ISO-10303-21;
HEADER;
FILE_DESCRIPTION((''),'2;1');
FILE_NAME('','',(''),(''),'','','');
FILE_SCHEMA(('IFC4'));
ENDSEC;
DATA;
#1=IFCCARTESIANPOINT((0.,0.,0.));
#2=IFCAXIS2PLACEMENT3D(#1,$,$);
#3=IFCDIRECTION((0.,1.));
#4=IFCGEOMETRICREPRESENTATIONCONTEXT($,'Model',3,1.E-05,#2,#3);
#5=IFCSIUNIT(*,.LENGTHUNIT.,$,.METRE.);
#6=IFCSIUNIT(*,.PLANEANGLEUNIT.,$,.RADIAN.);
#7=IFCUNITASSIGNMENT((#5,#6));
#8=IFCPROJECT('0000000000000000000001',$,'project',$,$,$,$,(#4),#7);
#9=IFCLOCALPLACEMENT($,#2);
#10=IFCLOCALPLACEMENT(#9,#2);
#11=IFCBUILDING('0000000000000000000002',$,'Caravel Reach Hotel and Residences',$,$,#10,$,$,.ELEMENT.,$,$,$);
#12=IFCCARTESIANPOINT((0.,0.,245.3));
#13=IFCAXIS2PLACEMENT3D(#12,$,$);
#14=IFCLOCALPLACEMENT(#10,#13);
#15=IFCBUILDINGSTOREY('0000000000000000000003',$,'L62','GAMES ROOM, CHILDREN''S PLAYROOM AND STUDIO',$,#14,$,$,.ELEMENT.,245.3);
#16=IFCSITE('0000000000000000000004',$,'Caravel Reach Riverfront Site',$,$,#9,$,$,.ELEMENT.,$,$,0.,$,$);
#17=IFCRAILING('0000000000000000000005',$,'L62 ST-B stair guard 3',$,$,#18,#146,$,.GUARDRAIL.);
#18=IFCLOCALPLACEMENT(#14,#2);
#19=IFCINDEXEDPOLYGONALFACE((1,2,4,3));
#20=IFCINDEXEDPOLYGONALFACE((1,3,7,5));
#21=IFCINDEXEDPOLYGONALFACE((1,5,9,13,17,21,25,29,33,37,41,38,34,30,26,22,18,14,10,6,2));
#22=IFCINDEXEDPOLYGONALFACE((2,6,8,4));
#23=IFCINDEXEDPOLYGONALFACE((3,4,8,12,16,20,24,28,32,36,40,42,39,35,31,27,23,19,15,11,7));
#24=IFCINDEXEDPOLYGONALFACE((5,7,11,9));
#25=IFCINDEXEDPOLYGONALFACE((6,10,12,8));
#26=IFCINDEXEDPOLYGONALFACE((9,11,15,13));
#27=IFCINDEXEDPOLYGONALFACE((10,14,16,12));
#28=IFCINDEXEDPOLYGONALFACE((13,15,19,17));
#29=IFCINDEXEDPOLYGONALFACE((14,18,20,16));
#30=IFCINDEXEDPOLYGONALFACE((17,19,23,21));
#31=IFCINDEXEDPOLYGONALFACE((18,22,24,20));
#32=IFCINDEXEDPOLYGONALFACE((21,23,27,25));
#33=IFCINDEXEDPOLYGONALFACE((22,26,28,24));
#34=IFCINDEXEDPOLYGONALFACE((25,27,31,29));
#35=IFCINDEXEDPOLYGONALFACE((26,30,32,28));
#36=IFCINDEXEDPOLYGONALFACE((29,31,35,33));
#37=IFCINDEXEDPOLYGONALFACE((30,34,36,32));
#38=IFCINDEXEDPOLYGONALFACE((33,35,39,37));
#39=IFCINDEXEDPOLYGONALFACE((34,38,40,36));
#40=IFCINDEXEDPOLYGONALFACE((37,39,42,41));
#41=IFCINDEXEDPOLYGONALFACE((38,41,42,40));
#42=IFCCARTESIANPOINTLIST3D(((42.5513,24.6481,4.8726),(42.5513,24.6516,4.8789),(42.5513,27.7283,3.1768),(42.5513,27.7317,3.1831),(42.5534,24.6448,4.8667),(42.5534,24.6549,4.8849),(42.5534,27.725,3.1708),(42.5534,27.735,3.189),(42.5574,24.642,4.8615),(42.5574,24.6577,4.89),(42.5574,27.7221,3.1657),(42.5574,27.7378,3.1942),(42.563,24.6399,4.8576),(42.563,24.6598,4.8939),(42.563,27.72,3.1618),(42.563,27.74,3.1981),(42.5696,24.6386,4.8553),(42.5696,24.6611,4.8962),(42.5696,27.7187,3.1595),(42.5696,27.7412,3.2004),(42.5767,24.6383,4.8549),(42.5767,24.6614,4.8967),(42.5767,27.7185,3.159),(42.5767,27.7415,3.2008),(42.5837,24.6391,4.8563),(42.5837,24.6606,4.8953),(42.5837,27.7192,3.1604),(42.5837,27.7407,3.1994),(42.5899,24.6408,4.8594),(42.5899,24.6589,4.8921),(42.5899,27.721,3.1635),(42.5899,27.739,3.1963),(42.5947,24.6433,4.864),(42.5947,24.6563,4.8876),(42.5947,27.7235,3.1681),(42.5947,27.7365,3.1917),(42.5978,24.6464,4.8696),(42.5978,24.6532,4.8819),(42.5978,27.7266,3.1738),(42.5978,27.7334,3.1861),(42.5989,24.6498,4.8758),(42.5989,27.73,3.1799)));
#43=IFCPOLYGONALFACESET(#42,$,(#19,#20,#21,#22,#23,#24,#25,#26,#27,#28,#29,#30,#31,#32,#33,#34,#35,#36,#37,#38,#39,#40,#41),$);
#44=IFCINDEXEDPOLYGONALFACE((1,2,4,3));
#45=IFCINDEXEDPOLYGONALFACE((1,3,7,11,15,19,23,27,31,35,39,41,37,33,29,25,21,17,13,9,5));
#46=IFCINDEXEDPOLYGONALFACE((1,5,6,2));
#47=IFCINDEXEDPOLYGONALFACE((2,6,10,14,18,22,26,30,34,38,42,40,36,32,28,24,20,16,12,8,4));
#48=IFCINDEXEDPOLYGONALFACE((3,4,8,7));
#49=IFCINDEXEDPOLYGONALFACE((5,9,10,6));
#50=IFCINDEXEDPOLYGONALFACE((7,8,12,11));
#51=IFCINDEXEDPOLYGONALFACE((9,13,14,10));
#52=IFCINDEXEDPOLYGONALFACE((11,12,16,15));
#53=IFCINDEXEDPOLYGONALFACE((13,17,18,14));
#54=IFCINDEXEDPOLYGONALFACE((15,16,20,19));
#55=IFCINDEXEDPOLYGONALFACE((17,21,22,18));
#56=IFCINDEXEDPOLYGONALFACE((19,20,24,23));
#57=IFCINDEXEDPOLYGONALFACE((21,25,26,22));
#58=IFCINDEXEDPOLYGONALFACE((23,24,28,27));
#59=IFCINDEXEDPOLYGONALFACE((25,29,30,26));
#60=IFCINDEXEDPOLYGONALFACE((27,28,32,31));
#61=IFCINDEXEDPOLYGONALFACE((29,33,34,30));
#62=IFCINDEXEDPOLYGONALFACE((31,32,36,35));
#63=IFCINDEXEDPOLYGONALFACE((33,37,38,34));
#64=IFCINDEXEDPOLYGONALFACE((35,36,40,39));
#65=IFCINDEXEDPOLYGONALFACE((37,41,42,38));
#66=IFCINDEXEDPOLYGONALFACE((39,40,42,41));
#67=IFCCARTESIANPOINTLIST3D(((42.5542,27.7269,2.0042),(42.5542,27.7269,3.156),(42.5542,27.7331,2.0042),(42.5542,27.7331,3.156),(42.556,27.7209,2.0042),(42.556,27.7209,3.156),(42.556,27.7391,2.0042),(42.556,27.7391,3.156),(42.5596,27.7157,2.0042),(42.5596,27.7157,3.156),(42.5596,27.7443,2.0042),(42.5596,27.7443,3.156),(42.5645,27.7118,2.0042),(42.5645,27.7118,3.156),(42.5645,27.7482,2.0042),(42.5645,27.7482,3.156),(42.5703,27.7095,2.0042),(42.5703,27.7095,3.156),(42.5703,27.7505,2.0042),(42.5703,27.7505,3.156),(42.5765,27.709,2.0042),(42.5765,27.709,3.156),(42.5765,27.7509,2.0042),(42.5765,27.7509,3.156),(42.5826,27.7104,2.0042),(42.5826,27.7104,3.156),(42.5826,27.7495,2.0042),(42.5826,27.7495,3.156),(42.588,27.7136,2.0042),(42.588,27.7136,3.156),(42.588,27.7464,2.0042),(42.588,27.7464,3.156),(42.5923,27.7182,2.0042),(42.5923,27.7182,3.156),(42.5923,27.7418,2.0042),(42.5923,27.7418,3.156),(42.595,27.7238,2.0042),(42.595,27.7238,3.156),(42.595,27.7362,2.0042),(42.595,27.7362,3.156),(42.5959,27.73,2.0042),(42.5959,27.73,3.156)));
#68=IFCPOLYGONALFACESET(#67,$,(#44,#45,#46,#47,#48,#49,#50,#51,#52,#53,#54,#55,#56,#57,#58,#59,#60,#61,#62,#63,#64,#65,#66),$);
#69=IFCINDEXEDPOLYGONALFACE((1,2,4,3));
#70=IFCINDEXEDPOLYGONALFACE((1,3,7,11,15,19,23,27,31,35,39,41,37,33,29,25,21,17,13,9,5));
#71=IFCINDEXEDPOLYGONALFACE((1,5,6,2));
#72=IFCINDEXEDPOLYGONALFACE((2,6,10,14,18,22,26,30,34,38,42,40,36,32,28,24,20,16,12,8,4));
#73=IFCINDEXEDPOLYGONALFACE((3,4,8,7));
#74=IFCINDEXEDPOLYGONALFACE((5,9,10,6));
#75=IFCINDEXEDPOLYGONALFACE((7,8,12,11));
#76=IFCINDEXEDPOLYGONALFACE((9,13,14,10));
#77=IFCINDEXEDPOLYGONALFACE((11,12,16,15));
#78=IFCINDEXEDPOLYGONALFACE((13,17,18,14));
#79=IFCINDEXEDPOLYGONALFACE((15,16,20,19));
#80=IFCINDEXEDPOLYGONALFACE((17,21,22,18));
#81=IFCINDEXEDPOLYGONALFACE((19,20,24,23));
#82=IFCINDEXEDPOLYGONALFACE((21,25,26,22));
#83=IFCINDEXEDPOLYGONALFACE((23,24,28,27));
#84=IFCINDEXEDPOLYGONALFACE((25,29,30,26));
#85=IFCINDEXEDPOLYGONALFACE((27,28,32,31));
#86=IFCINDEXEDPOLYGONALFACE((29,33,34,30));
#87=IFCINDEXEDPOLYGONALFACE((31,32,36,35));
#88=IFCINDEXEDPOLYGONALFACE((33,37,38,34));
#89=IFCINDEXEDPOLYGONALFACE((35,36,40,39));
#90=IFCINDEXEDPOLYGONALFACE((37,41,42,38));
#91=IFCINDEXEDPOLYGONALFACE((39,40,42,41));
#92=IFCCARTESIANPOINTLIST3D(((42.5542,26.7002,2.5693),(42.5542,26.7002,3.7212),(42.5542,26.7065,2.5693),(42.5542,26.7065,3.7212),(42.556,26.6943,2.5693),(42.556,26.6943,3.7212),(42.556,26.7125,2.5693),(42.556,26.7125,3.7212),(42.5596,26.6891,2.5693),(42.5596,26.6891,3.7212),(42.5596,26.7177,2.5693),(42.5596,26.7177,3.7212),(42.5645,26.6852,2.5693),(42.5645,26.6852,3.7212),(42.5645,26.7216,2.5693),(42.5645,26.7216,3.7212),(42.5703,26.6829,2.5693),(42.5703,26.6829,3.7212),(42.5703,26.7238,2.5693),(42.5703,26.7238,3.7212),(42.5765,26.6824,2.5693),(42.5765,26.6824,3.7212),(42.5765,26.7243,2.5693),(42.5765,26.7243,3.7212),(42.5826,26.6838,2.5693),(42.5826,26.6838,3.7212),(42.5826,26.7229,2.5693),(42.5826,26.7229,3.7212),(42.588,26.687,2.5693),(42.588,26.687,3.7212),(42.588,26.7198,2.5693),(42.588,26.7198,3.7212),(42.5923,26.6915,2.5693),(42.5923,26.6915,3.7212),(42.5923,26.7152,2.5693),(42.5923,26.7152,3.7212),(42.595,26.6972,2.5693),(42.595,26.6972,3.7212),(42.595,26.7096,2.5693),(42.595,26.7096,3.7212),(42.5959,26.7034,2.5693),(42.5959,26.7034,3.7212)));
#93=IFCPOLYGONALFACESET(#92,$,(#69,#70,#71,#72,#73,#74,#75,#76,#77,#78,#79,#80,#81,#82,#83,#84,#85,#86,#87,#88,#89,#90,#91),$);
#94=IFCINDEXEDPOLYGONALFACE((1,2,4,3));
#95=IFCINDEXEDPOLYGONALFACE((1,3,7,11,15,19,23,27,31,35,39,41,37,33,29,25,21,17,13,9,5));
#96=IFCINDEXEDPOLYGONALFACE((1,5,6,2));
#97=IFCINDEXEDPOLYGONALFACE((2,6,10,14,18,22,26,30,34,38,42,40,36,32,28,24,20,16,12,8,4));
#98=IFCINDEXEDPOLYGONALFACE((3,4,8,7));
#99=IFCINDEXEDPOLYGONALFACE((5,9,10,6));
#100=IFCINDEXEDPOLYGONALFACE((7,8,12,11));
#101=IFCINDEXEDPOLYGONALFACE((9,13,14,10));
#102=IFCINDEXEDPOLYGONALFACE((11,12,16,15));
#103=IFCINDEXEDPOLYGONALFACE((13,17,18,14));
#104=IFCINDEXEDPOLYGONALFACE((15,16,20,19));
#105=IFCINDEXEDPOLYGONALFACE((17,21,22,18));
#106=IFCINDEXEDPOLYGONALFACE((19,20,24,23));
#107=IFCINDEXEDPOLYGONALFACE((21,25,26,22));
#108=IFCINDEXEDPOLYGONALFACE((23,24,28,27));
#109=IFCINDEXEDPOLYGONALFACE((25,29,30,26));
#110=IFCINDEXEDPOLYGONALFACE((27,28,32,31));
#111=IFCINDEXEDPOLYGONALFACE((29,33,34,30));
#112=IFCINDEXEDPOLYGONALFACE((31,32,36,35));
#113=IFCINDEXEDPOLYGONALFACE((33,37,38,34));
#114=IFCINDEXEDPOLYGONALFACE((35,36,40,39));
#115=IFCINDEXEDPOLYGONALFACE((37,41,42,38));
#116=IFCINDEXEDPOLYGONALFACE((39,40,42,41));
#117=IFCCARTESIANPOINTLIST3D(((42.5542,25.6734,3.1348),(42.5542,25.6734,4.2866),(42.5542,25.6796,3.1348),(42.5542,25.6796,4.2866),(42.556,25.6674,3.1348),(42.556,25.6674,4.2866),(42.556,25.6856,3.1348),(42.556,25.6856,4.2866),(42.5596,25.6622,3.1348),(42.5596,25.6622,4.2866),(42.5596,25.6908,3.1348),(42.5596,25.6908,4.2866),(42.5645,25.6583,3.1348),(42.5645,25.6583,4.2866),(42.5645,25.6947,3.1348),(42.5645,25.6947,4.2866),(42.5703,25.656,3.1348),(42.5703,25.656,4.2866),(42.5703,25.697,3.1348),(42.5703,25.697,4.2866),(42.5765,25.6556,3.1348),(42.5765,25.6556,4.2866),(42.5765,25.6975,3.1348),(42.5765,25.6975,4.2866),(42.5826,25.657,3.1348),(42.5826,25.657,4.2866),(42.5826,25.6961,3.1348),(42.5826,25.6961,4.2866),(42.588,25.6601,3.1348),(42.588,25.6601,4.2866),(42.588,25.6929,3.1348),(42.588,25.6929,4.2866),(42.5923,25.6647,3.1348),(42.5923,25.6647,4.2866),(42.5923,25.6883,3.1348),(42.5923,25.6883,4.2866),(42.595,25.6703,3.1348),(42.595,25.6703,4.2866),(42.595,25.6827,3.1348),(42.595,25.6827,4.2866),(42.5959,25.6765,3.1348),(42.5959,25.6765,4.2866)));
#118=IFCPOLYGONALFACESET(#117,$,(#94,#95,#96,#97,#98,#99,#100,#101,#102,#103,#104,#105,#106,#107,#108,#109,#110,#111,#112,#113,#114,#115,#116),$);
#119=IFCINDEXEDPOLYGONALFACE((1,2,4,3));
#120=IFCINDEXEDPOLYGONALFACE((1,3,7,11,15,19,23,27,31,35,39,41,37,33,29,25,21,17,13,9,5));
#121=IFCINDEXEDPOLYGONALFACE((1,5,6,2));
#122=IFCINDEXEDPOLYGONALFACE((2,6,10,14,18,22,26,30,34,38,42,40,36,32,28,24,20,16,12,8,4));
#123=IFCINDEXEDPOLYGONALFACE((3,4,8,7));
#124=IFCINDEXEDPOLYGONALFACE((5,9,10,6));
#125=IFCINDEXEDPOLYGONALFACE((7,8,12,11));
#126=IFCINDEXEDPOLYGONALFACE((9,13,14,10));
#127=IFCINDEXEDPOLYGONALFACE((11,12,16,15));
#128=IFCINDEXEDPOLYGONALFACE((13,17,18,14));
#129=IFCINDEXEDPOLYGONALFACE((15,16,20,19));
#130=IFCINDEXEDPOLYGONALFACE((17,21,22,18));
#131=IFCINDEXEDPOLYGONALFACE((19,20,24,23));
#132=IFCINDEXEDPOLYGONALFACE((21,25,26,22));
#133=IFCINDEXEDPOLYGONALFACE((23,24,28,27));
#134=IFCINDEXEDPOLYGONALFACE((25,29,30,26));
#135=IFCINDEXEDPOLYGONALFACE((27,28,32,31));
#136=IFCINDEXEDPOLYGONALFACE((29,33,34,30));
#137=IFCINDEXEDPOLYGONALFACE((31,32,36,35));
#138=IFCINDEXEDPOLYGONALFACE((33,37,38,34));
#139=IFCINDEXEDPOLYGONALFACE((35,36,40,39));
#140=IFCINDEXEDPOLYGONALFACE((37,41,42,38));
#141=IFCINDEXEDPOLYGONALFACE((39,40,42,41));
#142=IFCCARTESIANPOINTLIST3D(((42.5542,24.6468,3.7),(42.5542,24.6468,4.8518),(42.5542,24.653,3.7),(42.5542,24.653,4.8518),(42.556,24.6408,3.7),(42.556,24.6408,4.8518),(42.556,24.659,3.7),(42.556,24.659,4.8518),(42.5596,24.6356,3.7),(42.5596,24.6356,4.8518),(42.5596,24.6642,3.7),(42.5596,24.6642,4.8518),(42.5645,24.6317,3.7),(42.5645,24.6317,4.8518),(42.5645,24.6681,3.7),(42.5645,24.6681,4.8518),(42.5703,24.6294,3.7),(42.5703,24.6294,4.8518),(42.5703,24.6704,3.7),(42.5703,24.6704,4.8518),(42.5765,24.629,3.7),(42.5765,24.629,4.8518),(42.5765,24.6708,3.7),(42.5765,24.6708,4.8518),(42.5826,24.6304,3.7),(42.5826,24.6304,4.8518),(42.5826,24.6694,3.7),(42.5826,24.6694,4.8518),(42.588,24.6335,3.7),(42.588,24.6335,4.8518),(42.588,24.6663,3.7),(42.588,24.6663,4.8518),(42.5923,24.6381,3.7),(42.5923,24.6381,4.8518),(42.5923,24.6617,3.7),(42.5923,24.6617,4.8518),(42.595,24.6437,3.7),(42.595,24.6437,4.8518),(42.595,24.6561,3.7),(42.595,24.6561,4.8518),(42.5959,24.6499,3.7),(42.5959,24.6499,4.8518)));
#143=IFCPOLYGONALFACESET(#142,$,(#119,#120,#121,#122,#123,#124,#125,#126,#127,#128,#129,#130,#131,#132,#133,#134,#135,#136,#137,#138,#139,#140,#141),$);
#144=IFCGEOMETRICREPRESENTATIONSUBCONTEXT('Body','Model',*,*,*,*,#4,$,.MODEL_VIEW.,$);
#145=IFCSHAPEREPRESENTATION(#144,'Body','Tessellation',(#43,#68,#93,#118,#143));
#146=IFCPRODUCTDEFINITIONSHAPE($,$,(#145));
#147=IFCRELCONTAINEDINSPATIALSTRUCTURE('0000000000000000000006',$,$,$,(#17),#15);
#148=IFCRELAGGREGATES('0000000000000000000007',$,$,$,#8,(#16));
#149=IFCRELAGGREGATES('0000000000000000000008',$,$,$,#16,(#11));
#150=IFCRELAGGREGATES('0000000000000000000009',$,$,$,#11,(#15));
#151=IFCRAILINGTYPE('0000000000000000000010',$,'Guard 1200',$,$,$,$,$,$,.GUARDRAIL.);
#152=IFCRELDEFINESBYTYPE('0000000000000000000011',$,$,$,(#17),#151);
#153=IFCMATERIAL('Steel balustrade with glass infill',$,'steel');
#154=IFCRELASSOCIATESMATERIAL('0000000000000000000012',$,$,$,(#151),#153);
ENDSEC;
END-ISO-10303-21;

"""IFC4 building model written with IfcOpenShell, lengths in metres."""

from ifc_helpers import new_model, si_unit, direction, frame, origin, origin_2d, place, context, subcontext, project, spatial, circle, extrude, material, type_object, element, save


model = new_model("IFC4")

# Units and contexts
model_context = context("Model", 3, precision=1e-05, world=origin(), true_north=direction((0.0, 1.0)))
body_context = subcontext(model_context, "Body", "Model", "MODEL_VIEW")
ifc_project = project(units=[si_unit("LENGTHUNIT", "METRE"), si_unit("PLANEANGLEUNIT", "RADIAN")], contexts=[model_context])

# Site, building, storey
site_placement = place(None, origin())
site = spatial("IfcSite", under=ifc_project, at=site_placement, Name="Caravel Reach Riverfront Site", CompositionType="ELEMENT", RefElevation=0.0)
building_placement = place(site_placement, origin())
building = spatial("IfcBuilding", under=site, at=building_placement, Name="Caravel Reach Hotel and Residences", CompositionType="ELEMENT")
storey_placement = place(building_placement, frame((0.0, 0.0, 245.3)))
storey = spatial("IfcBuildingStorey", under=building, at=storey_placement, Name="L62", Description="GAMES ROOM, CHILDREN'S PLAYROOM AND STUDIO", CompositionType="ELEMENT", Elevation=245.3)

# Railing
ifc_material_1 = material(Name="Steel balustrade with glass infill", Category="steel")
railing_type_1 = type_object("IfcRailingType", Name="Guard 1200", PredefinedType="GUARDRAIL", material=ifc_material_1)
railing_1_placement = place(storey_placement, frame((42.575, 27.73, 2.0042)))
element("IfcRailing", 1, at=railing_1_placement, inside=storey, type_object=railing_type_1, Name="L62 ST-B stair guard 3", PredefinedType="GUARDRAIL", context=body_context, shape_type="SweptSolid", body=[
    extrude(circle(Radius=0.0239, at=origin_2d()), frame((0.0, 0.0, 1.1758), z_axis=(0.0, -0.876005, 0.482303), x_axis=(1.0, 0.0, 0.0)), (0.0, 0.0, 1.0), 3.5161),
    extrude(circle(Radius=0.021, at=origin_2d()), origin(), (0.0, 0.0, 1.0), 1.1519),
    extrude(circle(Radius=0.021, at=origin_2d()), frame((0.0, -1.0266, 0.5652)), (0.0, 0.0, 1.0), 1.1519),
    extrude(circle(Radius=0.021, at=origin_2d()), frame((0.0, -2.0535, 1.1306)), (0.0, 0.0, 1.0), 1.1519),
    extrude(circle(Radius=0.021, at=origin_2d()), frame((0.0, -3.0801, 1.6958)), (0.0, 0.0, 1.0), 1.1519),
])

save(model, "model.ifc")
